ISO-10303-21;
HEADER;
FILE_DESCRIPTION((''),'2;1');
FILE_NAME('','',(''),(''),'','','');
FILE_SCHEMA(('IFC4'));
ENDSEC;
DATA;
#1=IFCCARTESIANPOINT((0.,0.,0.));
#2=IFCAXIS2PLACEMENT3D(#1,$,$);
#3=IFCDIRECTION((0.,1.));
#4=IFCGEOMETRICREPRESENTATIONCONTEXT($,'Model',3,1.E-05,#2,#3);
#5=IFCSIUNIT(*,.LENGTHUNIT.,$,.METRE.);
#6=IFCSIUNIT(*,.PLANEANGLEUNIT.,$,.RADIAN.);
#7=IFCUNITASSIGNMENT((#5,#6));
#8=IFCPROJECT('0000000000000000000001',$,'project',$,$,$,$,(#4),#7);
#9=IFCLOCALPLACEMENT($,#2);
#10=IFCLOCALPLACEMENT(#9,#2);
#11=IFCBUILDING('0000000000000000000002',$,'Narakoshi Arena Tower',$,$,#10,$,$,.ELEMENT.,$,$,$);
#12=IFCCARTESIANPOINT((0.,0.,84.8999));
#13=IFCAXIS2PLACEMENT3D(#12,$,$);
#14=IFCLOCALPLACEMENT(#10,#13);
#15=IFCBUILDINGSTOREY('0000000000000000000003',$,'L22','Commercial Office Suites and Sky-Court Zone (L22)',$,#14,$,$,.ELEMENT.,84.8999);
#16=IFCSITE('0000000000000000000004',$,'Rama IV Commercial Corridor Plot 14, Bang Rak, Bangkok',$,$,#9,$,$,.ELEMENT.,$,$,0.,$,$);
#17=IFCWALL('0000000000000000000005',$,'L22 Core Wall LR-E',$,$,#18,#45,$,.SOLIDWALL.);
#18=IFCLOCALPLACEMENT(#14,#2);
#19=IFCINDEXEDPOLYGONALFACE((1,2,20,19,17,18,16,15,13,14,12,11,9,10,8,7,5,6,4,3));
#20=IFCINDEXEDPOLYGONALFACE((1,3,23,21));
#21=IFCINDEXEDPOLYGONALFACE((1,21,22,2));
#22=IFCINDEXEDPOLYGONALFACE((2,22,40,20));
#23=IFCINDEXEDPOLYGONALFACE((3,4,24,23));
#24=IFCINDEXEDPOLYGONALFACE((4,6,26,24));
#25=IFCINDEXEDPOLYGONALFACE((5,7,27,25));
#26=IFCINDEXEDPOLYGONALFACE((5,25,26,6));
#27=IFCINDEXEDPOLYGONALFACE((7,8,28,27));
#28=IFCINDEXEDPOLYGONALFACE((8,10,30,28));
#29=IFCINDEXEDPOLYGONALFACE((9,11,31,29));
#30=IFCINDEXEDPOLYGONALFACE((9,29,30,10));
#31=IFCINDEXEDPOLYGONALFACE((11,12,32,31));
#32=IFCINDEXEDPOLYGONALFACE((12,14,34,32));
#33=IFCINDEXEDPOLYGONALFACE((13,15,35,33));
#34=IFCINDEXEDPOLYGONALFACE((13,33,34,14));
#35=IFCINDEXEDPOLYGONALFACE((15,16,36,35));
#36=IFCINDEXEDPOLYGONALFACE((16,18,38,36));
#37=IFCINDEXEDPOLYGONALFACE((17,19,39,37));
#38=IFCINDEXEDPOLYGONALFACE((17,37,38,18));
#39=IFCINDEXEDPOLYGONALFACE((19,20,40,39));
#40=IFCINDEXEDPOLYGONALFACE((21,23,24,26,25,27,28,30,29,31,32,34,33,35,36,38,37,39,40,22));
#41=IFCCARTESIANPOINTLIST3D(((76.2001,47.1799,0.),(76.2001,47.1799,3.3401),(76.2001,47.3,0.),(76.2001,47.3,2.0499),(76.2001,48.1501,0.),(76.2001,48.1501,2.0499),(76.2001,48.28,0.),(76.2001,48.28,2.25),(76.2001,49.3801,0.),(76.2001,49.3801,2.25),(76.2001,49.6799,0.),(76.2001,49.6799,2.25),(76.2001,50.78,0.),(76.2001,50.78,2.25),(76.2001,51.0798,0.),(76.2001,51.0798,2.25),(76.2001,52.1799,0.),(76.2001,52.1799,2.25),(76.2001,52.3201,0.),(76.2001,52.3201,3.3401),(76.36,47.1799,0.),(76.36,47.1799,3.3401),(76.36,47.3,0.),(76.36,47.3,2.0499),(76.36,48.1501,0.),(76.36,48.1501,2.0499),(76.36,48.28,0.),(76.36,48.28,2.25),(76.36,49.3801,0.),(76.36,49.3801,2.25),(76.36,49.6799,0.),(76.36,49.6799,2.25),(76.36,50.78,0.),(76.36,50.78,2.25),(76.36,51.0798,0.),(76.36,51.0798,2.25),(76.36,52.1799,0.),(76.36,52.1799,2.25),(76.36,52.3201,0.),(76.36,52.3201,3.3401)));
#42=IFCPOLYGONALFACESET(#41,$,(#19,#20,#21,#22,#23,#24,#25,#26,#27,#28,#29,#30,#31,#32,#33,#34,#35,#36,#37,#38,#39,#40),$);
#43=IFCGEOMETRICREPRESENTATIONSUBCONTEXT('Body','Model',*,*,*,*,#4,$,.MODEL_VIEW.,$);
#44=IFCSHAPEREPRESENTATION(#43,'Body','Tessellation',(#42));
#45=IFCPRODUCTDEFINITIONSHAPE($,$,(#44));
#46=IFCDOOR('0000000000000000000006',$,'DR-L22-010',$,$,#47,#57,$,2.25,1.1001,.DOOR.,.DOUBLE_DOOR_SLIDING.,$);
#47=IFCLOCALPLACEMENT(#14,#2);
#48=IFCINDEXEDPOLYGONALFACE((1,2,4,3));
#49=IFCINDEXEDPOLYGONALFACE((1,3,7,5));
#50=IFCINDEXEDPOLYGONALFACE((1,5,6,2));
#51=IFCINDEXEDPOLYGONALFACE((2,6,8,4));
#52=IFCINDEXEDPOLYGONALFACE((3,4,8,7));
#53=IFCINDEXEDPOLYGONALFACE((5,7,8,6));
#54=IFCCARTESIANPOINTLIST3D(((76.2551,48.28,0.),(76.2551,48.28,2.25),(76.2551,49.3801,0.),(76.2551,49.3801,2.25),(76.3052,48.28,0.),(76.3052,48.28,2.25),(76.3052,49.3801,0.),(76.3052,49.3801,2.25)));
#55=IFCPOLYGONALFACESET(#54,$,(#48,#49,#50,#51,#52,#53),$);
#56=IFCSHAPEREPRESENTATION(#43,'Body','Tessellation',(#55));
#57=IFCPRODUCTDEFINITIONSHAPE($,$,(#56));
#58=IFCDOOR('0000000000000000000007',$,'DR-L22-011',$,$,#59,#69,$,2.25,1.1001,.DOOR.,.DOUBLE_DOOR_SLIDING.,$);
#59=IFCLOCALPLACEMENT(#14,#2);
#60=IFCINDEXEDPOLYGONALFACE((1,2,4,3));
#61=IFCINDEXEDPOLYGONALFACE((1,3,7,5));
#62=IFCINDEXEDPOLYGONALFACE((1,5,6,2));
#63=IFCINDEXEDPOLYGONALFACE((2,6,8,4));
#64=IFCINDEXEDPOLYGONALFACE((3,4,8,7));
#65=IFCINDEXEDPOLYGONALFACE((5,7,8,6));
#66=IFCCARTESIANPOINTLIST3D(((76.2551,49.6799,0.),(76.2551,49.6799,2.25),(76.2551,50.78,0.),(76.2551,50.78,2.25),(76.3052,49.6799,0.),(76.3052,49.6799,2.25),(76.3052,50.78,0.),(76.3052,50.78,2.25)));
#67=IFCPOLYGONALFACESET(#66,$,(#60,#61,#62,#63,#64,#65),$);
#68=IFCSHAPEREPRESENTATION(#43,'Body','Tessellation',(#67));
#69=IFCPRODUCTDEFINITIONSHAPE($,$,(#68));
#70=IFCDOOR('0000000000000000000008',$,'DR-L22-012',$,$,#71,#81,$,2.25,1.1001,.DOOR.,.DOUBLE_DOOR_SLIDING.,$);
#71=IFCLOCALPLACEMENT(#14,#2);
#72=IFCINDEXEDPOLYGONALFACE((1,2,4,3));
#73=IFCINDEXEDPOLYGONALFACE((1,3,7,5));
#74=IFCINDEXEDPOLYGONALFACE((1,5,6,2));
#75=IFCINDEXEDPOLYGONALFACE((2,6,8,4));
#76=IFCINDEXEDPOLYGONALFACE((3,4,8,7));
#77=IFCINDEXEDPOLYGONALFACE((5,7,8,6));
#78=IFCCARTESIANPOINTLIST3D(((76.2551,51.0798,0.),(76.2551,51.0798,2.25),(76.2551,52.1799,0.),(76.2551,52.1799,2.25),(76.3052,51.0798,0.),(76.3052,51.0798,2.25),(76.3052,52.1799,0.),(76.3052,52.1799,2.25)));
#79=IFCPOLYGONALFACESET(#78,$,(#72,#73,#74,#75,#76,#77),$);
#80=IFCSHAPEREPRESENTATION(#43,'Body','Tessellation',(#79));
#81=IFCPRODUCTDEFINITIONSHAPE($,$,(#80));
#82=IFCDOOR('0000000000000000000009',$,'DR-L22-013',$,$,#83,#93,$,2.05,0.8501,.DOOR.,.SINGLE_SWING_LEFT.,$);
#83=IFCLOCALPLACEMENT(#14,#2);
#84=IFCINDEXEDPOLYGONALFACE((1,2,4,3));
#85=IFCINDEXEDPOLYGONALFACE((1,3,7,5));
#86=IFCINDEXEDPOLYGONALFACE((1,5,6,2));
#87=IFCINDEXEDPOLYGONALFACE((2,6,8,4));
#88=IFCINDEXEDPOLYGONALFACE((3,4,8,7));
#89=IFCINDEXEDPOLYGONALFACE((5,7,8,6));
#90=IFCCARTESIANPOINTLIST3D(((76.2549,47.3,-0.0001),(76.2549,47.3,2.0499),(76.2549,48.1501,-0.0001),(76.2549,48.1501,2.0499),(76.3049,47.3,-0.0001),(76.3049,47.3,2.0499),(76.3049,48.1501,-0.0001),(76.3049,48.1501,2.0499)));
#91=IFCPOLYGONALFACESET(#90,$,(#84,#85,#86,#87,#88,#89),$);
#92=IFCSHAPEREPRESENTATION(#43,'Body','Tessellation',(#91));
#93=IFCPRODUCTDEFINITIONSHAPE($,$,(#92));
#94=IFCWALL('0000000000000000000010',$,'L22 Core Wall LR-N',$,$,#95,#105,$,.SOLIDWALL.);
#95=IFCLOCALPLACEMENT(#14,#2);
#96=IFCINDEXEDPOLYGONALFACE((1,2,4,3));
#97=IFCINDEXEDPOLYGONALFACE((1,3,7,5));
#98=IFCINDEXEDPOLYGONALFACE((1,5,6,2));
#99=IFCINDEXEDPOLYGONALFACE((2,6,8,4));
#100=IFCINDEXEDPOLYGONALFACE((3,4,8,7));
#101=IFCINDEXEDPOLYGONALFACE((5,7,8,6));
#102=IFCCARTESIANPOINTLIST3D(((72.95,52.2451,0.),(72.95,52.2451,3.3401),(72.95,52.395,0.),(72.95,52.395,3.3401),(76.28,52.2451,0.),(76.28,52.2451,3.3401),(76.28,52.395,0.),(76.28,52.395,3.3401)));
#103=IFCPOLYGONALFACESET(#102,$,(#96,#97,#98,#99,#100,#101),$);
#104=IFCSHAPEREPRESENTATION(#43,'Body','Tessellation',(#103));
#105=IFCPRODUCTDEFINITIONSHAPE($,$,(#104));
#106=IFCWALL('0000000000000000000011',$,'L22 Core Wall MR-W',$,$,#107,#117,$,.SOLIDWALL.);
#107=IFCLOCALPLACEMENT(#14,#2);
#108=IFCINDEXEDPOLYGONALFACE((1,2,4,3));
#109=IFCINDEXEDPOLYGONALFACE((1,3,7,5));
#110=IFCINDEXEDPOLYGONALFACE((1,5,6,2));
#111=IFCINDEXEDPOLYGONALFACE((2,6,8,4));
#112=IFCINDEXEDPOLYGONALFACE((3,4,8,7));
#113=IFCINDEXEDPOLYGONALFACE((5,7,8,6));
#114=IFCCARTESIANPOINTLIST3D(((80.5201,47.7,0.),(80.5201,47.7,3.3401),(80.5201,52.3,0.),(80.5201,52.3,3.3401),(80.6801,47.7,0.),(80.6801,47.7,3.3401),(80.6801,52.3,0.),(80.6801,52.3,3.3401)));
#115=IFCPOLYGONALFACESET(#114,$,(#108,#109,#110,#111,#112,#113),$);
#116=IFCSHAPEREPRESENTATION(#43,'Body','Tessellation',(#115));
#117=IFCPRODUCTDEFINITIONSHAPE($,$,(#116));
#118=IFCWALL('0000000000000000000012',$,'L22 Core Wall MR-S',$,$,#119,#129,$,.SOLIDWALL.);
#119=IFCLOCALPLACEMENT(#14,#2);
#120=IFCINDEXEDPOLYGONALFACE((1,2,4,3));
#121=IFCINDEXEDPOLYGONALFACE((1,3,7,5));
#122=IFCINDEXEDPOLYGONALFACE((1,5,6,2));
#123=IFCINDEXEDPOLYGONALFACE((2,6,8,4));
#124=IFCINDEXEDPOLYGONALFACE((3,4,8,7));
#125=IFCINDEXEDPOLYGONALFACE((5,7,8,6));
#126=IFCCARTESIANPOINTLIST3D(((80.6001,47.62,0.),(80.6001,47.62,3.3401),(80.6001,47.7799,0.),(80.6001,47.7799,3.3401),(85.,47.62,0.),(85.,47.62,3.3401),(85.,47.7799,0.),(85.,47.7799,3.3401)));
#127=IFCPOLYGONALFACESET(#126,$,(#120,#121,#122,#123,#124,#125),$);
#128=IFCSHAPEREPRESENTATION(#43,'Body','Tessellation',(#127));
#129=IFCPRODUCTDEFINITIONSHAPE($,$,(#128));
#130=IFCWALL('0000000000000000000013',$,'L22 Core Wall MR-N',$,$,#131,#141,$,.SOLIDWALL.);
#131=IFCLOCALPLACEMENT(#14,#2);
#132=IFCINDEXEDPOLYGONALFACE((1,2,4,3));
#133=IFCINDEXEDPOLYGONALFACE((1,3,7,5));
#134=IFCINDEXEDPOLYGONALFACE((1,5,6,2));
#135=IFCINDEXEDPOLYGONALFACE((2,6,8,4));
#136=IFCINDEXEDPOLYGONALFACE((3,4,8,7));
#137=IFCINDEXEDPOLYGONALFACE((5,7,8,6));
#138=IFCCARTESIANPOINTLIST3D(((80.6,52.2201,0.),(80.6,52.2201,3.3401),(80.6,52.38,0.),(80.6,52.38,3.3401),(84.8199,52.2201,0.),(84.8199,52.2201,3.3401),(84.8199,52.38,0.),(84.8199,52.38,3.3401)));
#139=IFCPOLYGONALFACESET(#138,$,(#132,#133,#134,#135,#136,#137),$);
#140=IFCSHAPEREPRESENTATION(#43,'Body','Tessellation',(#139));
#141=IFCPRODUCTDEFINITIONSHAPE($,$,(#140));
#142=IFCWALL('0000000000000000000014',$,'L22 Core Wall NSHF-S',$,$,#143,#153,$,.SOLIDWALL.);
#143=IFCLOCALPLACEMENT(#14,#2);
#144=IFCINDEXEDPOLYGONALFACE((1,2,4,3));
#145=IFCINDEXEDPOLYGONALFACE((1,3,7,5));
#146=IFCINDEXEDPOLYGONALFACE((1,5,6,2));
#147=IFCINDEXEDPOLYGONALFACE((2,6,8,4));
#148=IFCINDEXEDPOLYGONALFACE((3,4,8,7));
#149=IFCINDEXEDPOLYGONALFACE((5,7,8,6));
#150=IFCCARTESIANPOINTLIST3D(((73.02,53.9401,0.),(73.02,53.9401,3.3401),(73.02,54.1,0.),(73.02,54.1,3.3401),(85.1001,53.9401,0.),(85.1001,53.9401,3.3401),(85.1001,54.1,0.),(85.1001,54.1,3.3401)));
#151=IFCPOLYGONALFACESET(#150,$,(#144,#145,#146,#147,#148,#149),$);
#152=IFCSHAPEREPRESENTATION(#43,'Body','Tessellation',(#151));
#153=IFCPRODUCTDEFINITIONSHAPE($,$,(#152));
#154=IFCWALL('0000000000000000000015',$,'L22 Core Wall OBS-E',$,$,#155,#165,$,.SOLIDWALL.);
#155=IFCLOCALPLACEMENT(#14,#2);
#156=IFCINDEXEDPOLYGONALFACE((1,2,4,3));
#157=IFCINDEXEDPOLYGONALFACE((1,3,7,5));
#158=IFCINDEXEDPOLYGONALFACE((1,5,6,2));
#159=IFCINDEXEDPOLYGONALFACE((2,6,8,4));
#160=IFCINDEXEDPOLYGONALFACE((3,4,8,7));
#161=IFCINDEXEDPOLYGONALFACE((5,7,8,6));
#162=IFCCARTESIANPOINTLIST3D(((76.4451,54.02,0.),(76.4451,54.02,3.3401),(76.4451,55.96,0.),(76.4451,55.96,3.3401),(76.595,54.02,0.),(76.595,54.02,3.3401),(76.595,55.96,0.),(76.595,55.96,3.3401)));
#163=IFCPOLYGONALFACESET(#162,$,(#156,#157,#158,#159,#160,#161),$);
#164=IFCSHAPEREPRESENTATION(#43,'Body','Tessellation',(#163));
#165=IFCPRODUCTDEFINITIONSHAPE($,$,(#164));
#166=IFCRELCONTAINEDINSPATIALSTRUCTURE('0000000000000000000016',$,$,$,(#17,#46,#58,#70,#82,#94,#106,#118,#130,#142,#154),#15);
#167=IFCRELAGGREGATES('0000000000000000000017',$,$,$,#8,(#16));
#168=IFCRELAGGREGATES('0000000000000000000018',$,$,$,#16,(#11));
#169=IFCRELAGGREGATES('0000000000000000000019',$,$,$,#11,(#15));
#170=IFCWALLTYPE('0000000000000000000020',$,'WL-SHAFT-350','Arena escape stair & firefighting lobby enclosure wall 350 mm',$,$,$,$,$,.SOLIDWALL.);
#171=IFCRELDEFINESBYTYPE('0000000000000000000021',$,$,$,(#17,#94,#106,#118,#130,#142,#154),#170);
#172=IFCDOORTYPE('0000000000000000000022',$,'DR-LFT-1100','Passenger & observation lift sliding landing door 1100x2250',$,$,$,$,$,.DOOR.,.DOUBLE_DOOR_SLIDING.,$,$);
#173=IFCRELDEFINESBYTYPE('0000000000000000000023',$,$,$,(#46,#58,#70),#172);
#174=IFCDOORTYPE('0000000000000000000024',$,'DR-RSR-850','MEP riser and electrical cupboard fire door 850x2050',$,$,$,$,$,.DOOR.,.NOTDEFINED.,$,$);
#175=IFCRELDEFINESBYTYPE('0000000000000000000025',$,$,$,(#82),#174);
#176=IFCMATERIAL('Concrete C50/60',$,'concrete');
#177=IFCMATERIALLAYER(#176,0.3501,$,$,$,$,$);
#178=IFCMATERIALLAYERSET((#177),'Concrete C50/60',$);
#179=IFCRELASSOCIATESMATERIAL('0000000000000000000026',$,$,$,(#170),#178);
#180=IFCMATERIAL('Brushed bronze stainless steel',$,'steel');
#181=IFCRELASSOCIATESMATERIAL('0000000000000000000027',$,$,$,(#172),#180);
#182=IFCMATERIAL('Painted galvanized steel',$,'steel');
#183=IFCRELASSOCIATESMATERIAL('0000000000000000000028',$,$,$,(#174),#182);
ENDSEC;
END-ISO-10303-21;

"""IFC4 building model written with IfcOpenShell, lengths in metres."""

from ifc_helpers import new_model, si_unit, direction, frame, frame_2d, origin, place, context, subcontext, project, spatial, rectangle, extrude, material, layer, layer_set, type_object, element, fill, save


model = new_model("IFC4")

# Units and contexts
model_context = context("Model", 3, precision=1e-05, world=origin(), true_north=direction((0.0, 1.0)))
body_context = subcontext(model_context, "Body", "Model", "MODEL_VIEW")
ifc_project = project(units=[si_unit("LENGTHUNIT", "METRE"), si_unit("PLANEANGLEUNIT", "RADIAN")], contexts=[model_context])

# Site, building, storey
site_placement = place(None, origin())
site = spatial("IfcSite", under=ifc_project, at=site_placement, Name="Rama IV Commercial Corridor Plot 14, Bang Rak, Bangkok", CompositionType="ELEMENT", RefElevation=0.0)
building_placement = place(site_placement, origin())
building = spatial("IfcBuilding", under=site, at=building_placement, Name="Narakoshi Arena Tower", CompositionType="ELEMENT")
storey_placement = place(building_placement, frame((0.0, 0.0, 84.8999)))
storey = spatial("IfcBuildingStorey", under=building, at=storey_placement, Name="L22", Description="Commercial Office Suites and Sky-Court Zone (L22)", CompositionType="ELEMENT", Elevation=84.8999)

# Wall, openings, doors
ifc_material_1 = material(Name="Concrete C50/60", Category="concrete")
ifc_layer_1 = layer(ifc_material_1, 0.3501)
ifc_layer_set_1 = layer_set([ifc_layer_1], Name="Concrete C50/60")
wall_type_1 = type_object("IfcWallType", Name="WL-SHAFT-350", Description="Arena escape stair & firefighting lobby enclosure wall 350 mm", PredefinedType="SOLIDWALL", material=ifc_layer_set_1)
wall_1_placement = place(storey_placement, frame((76.28, 47.1799, 0.0), z_axis=(0.0, 0.0, 1.0), x_axis=(0.0, 1.0, 0.0)))
wall_1 = element("IfcWall", 1, at=wall_1_placement, inside=storey, type_object=wall_type_1, Name="L22 Core Wall LR-E", PredefinedType="SOLIDWALL", context=body_context, shape_type="SweptSolid", body=[
    extrude(rectangle(XDim=5.1401, YDim=0.1599, at=frame_2d((2.5701, 0.0))), origin(), (0.0, 0.0, 1.0), 3.3401),
])
opening_1_placement = place(wall_1_placement, frame((1.1001, 0.0, 0.0)))
opening_1 = element("IfcOpeningElement", 2, at=opening_1_placement, cuts=wall_1, PredefinedType="OPENING", context=body_context, shape_type="SweptSolid", body=[
    extrude(rectangle(XDim=1.1001, YDim=2.25, at=frame_2d((0.55, 1.125))), frame((0.0, 0.0898, 0.0), z_axis=(0.0, -1.0, 0.0), x_axis=(1.0, 0.0, 0.0)), (0.0, 0.0, 1.0), 0.1799),
])
opening_2_placement = place(wall_1_placement, frame((2.5, 0.0, 0.0)))
opening_2 = element("IfcOpeningElement", 3, at=opening_2_placement, cuts=wall_1, PredefinedType="OPENING", context=body_context, shape_type="SweptSolid", body=[
    extrude(rectangle(XDim=1.1001, YDim=2.25, at=frame_2d((0.55, 1.125))), frame((0.0, 0.0898, 0.0), z_axis=(0.0, -1.0, 0.0), x_axis=(1.0, 0.0, 0.0)), (0.0, 0.0, 1.0), 0.1799),
])
opening_3_placement = place(wall_1_placement, frame((3.8999, 0.0, 0.0)))
opening_3 = element("IfcOpeningElement", 4, at=opening_3_placement, cuts=wall_1, PredefinedType="OPENING", context=body_context, shape_type="SweptSolid", body=[
    extrude(rectangle(XDim=1.1001, YDim=2.25, at=frame_2d((0.55, 1.125))), frame((0.0, 0.0898, 0.0), z_axis=(0.0, -1.0, 0.0), x_axis=(1.0, 0.0, 0.0)), (0.0, 0.0, 1.0), 0.1799),
])
opening_4_placement = place(wall_1_placement, frame((0.1201, 0.0, 0.0)))
opening_4 = element("IfcOpeningElement", 5, at=opening_4_placement, cuts=wall_1, PredefinedType="OPENING", context=body_context, shape_type="SweptSolid", body=[
    extrude(rectangle(XDim=0.8501, YDim=2.05, at=frame_2d((0.425, 1.0249))), frame((0.0, 0.0898, 0.0), z_axis=(0.0, -1.0, 0.0), x_axis=(1.0, 0.0, 0.0)), (0.0, 0.0, 1.0), 0.1799),
])
ifc_material_2 = material(Name="Brushed bronze stainless steel", Category="steel")
door_type_1 = type_object("IfcDoorType", Name="DR-LFT-1100", Description="Passenger & observation lift sliding landing door 1100x2250", OperationType="DOUBLE_DOOR_SLIDING", PredefinedType="DOOR", material=ifc_material_2)
door_1_placement = place(opening_1_placement, origin())
door_1 = element("IfcDoor", 6, at=door_1_placement, inside=storey, type_object=door_type_1, Name="DR-L22-010", OperationType="DOUBLE_DOOR_SLIDING", OverallHeight=2.25, OverallWidth=1.1001, PredefinedType="DOOR", context=body_context, shape_type="SweptSolid", body=[
    extrude(rectangle(XDim=1.1001, YDim=2.25, at=frame_2d((0.55, 1.125))), frame((0.0, 0.0249, 0.0), z_axis=(0.0, -1.0, 0.0), x_axis=(1.0, 0.0, 0.0)), (0.0, 0.0, 1.0), 0.05),
])
fill(opening_1, door_1)
door_2_placement = place(opening_2_placement, origin())
door_2 = element("IfcDoor", 7, at=door_2_placement, inside=storey, type_object=door_type_1, Name="DR-L22-011", OperationType="DOUBLE_DOOR_SLIDING", OverallHeight=2.25, OverallWidth=1.1001, PredefinedType="DOOR", context=body_context, shape_type="SweptSolid", body=[
    extrude(rectangle(XDim=1.1001, YDim=2.25, at=frame_2d((0.55, 1.125))), frame((0.0, 0.0249, 0.0), z_axis=(0.0, -1.0, 0.0), x_axis=(1.0, 0.0, 0.0)), (0.0, 0.0, 1.0), 0.05),
])
fill(opening_2, door_2)
door_3_placement = place(opening_3_placement, origin())
door_3 = element("IfcDoor", 8, at=door_3_placement, inside=storey, type_object=door_type_1, Name="DR-L22-012", OperationType="DOUBLE_DOOR_SLIDING", OverallHeight=2.25, OverallWidth=1.1001, PredefinedType="DOOR", context=body_context, shape_type="SweptSolid", body=[
    extrude(rectangle(XDim=1.1001, YDim=2.25, at=frame_2d((0.55, 1.125))), frame((0.0, 0.0249, 0.0), z_axis=(0.0, -1.0, 0.0), x_axis=(1.0, 0.0, 0.0)), (0.0, 0.0, 1.0), 0.05),
])
fill(opening_3, door_3)
ifc_material_3 = material(Name="Painted galvanized steel", Category="steel")
door_type_2 = type_object("IfcDoorType", Name="DR-RSR-850", Description="MEP riser and electrical cupboard fire door 850x2050", OperationType="NOTDEFINED", PredefinedType="DOOR", material=ifc_material_3)
door_4_placement = place(opening_4_placement, frame((0.8501, 0.0, 0.0), z_axis=(0.0, 0.0, 1.0), x_axis=(-1.0, 0.0, 0.0)))
door_4 = element("IfcDoor", 9, at=door_4_placement, inside=storey, type_object=door_type_2, Name="DR-L22-013", OperationType="SINGLE_SWING_LEFT", OverallHeight=2.05, OverallWidth=0.8501, PredefinedType="DOOR", context=body_context, shape_type="SweptSolid", body=[
    extrude(rectangle(XDim=0.8501, YDim=2.05, at=frame_2d((0.425, 1.0249))), frame((0.0, 0.0249, 0.0), z_axis=(0.0, -1.0, 0.0), x_axis=(1.0, 0.0, 0.0)), (0.0, 0.0, 1.0), 0.05),
])
fill(opening_4, door_4)

# Walls
wall_2_placement = place(storey_placement, frame((72.95, 52.3201, 0.0), z_axis=(0.0, 0.0, 1.0), x_axis=(1.0, 0.0, 0.0)))
element("IfcWall", 10, at=wall_2_placement, inside=storey, type_object=wall_type_1, Name="L22 Core Wall LR-N", PredefinedType="SOLIDWALL", context=body_context, shape_type="SweptSolid", body=[
    extrude(rectangle(XDim=3.3301, YDim=0.1499, at=frame_2d((1.665, 0.0))), origin(), (0.0, 0.0, 1.0), 3.3401),
])
wall_3_placement = place(storey_placement, frame((80.6001, 47.7, 0.0), z_axis=(0.0, 0.0, 1.0), x_axis=(0.0, 1.0, 0.0)))
element("IfcWall", 11, at=wall_3_placement, inside=storey, type_object=wall_type_1, Name="L22 Core Wall MR-W", PredefinedType="SOLIDWALL", context=body_context, shape_type="SweptSolid", body=[
    extrude(rectangle(XDim=4.6001, YDim=0.1599, at=frame_2d((2.3, 0.0))), origin(), (0.0, 0.0, 1.0), 3.3401),
])
wall_4_placement = place(storey_placement, frame((80.6001, 47.7, 0.0), z_axis=(0.0, 0.0, 1.0), x_axis=(1.0, 0.0, 0.0)))
element("IfcWall", 12, at=wall_4_placement, inside=storey, type_object=wall_type_1, Name="L22 Core Wall MR-S", PredefinedType="SOLIDWALL", context=body_context, shape_type="SweptSolid", body=[
    extrude(rectangle(XDim=4.3999, YDim=0.1599, at=frame_2d((2.2, 0.0))), origin(), (0.0, 0.0, 1.0), 3.3401),
])
wall_5_placement = place(storey_placement, frame((80.6001, 52.3, 0.0), z_axis=(0.0, 0.0, 1.0), x_axis=(1.0, 0.0, 0.0)))
element("IfcWall", 13, at=wall_5_placement, inside=storey, type_object=wall_type_1, Name="L22 Core Wall MR-N", PredefinedType="SOLIDWALL", context=body_context, shape_type="SweptSolid", body=[
    extrude(rectangle(XDim=4.22, YDim=0.1599, at=frame_2d((2.1099, 0.0))), origin(), (0.0, 0.0, 1.0), 3.3401),
])
wall_6_placement = place(storey_placement, frame((73.02, 54.02, 0.0), z_axis=(0.0, 0.0, 1.0), x_axis=(1.0, 0.0, 0.0)))
element("IfcWall", 14, at=wall_6_placement, inside=storey, type_object=wall_type_1, Name="L22 Core Wall NSHF-S", PredefinedType="SOLIDWALL", context=body_context, shape_type="SweptSolid", body=[
    extrude(rectangle(XDim=12.0801, YDim=0.1599, at=frame_2d((6.04, 0.0))), origin(), (0.0, 0.0, 1.0), 3.3401),
])
wall_7_placement = place(storey_placement, frame((76.52, 54.02, 0.0), z_axis=(0.0, 0.0, 1.0), x_axis=(0.0, 1.0, 0.0)))
element("IfcWall", 15, at=wall_7_placement, inside=storey, type_object=wall_type_1, Name="L22 Core Wall OBS-E", PredefinedType="SOLIDWALL", context=body_context, shape_type="SweptSolid", body=[
    extrude(rectangle(XDim=1.9399, YDim=0.1499, at=frame_2d((0.97, 0.0))), origin(), (0.0, 0.0, 1.0), 3.3401),
])

save(model, "model.ifc")
